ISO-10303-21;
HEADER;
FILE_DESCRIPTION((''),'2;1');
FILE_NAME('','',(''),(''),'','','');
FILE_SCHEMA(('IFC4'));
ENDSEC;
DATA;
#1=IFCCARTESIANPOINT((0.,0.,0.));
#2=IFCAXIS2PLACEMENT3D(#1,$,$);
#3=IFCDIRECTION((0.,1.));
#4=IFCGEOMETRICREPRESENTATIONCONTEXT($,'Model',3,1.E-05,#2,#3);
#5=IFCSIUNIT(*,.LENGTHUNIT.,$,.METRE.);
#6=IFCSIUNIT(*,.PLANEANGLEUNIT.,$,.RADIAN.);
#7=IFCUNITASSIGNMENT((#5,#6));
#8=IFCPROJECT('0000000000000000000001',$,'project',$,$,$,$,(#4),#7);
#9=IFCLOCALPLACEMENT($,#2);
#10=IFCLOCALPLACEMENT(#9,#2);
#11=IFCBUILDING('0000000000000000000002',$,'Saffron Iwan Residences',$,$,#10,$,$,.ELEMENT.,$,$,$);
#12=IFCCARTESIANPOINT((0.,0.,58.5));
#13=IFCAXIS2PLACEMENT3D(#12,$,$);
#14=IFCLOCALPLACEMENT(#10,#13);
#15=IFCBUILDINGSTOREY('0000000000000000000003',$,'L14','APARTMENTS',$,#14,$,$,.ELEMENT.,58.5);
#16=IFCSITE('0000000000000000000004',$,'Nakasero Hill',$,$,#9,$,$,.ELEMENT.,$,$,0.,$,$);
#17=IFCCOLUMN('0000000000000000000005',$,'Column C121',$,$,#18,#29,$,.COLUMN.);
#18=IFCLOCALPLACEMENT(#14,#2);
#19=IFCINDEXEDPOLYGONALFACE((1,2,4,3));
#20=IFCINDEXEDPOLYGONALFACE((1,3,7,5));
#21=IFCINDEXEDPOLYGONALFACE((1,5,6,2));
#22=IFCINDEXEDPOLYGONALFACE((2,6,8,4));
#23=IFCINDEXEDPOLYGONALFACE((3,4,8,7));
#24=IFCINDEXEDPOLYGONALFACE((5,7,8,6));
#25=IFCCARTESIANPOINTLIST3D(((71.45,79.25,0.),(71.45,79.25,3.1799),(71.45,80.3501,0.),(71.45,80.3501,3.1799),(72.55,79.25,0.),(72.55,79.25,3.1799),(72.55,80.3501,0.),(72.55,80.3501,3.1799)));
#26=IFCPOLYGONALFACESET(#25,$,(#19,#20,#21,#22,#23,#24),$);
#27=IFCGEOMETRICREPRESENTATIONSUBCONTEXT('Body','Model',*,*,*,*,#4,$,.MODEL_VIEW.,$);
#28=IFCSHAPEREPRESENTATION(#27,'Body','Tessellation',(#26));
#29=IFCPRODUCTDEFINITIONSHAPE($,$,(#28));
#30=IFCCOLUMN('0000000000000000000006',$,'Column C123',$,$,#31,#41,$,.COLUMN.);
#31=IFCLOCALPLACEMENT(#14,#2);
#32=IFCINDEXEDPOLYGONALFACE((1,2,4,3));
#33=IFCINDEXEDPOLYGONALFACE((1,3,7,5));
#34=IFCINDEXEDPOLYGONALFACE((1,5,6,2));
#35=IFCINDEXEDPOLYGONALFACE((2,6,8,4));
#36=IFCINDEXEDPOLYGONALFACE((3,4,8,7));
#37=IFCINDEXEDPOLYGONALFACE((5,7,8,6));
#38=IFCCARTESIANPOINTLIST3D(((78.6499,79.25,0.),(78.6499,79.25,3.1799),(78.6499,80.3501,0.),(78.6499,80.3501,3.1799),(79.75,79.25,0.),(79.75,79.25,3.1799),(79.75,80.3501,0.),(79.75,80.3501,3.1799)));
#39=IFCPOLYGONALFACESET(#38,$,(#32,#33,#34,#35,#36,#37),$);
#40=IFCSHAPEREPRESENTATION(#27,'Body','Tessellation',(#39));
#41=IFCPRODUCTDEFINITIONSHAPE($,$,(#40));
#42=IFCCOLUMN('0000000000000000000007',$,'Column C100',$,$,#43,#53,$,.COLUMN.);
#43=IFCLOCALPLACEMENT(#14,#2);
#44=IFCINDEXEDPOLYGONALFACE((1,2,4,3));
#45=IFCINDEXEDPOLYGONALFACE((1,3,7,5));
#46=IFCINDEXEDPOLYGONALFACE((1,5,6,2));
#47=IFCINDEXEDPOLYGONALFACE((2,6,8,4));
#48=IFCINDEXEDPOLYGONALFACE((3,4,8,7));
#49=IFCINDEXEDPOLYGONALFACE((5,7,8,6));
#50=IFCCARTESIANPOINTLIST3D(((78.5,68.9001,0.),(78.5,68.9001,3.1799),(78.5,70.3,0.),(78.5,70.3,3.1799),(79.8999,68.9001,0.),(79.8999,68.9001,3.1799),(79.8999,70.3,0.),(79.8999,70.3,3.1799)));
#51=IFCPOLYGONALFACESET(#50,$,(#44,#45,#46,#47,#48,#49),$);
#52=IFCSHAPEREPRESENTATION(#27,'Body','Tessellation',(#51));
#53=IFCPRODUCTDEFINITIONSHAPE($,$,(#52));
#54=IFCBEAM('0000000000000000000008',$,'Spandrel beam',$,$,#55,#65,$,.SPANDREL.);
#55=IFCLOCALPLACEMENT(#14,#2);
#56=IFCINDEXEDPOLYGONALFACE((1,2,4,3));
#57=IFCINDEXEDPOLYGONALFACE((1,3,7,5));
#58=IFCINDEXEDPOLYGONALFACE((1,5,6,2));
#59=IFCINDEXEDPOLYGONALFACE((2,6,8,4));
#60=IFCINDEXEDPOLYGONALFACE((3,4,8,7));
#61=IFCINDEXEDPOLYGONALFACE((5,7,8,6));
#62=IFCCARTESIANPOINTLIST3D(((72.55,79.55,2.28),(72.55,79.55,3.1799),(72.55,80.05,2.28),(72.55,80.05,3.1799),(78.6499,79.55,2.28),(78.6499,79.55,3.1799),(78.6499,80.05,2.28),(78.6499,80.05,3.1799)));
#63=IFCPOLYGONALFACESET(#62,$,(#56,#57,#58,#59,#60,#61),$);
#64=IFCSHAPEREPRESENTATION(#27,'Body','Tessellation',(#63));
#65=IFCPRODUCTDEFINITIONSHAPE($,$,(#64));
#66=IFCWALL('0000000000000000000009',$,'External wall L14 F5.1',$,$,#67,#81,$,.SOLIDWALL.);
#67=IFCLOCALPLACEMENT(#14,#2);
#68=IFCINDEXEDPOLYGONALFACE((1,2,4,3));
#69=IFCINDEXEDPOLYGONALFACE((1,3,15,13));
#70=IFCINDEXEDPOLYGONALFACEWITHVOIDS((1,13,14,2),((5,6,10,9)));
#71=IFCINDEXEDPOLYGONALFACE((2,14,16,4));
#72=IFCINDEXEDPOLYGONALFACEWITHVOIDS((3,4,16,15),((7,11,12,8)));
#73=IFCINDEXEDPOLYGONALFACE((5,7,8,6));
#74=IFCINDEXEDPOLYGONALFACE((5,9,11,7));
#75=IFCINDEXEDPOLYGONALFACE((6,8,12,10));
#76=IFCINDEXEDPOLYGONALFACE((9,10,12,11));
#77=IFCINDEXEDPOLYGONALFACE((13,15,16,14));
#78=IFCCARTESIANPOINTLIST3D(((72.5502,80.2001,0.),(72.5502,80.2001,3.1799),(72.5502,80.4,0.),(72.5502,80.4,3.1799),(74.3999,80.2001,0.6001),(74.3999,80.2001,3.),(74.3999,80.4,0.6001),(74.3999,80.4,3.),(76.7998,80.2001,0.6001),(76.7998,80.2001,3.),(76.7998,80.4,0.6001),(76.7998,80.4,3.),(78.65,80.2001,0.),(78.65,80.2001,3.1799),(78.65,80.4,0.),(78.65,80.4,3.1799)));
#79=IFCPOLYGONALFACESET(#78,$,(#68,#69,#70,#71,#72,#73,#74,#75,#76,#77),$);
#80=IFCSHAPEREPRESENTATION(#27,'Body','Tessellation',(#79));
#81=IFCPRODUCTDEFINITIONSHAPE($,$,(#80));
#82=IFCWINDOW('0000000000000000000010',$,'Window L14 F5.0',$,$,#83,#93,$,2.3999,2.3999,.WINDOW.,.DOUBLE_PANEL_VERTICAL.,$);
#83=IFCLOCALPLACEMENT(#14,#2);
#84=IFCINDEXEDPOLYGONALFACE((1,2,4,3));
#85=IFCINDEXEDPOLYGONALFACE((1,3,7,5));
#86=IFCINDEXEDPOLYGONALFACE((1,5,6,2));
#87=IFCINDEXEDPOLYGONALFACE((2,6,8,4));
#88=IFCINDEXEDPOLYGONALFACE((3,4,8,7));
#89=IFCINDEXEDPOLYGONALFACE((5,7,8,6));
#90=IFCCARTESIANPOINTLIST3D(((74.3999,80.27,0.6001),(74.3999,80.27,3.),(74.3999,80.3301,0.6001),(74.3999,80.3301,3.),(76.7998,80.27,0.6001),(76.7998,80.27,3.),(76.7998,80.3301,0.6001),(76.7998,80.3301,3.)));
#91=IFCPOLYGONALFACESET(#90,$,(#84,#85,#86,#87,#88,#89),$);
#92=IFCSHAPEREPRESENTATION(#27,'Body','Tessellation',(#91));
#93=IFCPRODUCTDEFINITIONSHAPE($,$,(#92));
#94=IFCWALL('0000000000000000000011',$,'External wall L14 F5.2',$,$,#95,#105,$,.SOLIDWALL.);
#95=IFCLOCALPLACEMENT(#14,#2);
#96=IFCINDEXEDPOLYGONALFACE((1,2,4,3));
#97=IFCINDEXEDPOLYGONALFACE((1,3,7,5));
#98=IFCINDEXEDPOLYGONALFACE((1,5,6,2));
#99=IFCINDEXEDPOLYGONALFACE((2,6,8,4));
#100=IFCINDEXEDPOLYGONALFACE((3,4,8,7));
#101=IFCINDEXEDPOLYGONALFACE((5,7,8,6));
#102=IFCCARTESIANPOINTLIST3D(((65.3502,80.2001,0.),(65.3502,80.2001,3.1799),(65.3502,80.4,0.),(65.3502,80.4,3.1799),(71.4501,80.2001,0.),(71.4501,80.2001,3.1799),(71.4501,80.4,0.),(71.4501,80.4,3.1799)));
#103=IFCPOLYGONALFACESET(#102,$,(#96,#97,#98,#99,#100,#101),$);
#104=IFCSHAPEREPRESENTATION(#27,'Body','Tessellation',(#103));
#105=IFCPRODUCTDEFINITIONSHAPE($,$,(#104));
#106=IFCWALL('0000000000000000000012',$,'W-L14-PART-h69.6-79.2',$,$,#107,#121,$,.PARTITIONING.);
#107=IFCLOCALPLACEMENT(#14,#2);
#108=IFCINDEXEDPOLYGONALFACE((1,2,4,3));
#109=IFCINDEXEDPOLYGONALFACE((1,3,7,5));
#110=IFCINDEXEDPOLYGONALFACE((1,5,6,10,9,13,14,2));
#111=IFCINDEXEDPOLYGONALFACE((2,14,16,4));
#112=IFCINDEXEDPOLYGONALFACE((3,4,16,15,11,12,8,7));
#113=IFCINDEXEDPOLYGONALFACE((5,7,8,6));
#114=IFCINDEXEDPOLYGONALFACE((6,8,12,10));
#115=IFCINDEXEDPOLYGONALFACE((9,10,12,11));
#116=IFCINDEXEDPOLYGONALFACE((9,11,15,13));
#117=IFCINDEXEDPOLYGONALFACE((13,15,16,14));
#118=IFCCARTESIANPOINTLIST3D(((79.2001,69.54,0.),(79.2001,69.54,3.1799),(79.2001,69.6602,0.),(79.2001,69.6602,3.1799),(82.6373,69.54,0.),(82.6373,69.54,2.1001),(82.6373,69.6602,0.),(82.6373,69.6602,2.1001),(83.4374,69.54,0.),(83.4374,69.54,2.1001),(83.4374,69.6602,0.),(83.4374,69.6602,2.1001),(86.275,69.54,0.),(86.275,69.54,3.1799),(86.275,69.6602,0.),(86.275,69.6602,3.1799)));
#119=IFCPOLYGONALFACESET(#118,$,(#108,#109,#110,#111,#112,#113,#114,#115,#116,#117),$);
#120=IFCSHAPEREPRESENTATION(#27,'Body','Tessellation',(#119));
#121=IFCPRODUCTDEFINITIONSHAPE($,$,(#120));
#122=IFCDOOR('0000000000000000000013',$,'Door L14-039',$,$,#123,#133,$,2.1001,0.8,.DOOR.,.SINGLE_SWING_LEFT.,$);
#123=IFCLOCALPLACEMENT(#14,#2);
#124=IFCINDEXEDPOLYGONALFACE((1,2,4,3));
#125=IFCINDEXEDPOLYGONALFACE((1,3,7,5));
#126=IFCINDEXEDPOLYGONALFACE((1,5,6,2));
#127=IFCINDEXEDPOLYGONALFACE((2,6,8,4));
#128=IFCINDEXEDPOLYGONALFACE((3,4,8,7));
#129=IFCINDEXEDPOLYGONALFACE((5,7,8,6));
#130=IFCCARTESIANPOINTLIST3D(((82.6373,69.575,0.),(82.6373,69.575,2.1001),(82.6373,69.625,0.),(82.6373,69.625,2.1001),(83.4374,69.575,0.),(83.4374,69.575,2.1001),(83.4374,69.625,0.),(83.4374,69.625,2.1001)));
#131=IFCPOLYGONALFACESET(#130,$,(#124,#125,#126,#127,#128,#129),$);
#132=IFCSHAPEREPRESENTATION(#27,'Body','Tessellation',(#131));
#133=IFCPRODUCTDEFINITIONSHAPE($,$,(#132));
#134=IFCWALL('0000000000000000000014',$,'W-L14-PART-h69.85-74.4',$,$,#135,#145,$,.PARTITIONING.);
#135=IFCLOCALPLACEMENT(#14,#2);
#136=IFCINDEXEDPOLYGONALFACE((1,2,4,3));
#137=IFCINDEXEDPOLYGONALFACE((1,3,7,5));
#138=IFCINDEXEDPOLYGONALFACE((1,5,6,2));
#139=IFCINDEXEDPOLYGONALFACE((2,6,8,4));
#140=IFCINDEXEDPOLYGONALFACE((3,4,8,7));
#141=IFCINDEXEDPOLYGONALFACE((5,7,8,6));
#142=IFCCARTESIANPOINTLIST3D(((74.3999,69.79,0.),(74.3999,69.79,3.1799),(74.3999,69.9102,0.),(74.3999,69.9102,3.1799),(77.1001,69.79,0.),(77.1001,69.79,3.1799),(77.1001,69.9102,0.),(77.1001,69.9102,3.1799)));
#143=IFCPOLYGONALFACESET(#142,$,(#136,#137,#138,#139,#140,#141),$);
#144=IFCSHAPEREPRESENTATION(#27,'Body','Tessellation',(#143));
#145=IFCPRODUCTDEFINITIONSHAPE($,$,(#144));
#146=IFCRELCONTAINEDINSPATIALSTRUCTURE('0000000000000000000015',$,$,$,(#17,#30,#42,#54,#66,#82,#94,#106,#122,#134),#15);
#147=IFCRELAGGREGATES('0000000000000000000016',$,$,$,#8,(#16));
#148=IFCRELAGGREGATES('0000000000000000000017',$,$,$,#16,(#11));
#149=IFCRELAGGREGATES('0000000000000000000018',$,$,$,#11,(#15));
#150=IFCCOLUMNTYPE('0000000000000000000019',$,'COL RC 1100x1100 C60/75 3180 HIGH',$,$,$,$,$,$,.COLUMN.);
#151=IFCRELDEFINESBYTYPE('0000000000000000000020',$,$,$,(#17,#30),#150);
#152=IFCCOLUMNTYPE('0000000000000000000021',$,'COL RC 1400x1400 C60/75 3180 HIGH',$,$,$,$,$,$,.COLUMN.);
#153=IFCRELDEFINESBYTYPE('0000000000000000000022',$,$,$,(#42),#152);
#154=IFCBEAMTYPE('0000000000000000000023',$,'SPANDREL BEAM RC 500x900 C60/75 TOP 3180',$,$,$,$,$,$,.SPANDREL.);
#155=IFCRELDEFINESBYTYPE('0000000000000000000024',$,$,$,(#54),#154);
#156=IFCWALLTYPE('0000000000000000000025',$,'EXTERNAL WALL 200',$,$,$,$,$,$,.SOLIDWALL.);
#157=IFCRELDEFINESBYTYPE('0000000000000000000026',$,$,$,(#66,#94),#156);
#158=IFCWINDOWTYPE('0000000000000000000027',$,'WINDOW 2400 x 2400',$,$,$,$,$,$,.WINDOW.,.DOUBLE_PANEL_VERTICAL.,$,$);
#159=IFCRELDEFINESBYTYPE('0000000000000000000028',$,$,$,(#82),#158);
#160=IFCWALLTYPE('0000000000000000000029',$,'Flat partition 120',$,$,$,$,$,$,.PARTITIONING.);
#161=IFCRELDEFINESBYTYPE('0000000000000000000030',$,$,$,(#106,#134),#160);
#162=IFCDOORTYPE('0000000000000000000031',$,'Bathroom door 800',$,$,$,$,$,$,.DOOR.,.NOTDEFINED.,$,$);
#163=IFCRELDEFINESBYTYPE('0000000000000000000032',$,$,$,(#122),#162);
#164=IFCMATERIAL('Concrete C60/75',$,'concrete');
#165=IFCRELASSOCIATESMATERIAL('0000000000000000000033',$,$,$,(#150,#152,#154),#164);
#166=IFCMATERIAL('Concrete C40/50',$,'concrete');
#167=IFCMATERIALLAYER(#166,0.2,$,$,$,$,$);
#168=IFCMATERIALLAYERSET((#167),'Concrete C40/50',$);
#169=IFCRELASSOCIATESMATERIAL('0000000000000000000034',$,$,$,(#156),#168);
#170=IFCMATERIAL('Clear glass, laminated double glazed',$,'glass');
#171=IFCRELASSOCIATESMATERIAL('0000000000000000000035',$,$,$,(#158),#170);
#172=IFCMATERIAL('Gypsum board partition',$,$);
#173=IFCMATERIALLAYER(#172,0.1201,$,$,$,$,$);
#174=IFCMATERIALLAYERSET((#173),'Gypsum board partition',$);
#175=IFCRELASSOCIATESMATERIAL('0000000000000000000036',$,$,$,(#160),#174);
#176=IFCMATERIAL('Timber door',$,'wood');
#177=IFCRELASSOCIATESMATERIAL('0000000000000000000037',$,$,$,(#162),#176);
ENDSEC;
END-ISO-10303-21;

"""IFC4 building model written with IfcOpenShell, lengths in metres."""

from ifc_helpers import new_model, si_unit, direction, frame, frame_2d, origin, origin_2d, place, context, subcontext, project, spatial, rectangle, extrude, source, transform, mapped, material, layer, layer_set, material_profile, profile_set, type_object, element, fill, save


model = new_model("IFC4")

# Units and contexts
model_context = context("Model", 3, precision=1e-05, world=origin(), true_north=direction((0.0, 1.0)))
body_context = subcontext(model_context, "Body", "Model", "MODEL_VIEW")
ifc_project = project(units=[si_unit("LENGTHUNIT", "METRE"), si_unit("PLANEANGLEUNIT", "RADIAN")], contexts=[model_context])

# Site, building, storey
site_placement = place(None, origin())
site = spatial("IfcSite", under=ifc_project, at=site_placement, Name="Nakasero Hill", CompositionType="ELEMENT", RefElevation=0.0)
building_placement = place(site_placement, origin())
building = spatial("IfcBuilding", under=site, at=building_placement, Name="Saffron Iwan Residences", CompositionType="ELEMENT")
storey_placement = place(building_placement, frame((0.0, 0.0, 58.5)))
storey = spatial("IfcBuildingStorey", under=building, at=storey_placement, Name="L14", Description="APARTMENTS", CompositionType="ELEMENT", Elevation=58.5)

# Columns
ifc_material_1 = material(Name="Concrete C60/75", Category="concrete")
ifc_material_profile_1 = material_profile(ifc_material_1, rectangle(XDim=1.1001, YDim=1.1001, at=origin_2d()), Name="RC 1100x1100")
ifc_profile_set_1 = profile_set([ifc_material_profile_1], Name="Concrete C60/75")
column_type_1 = type_object("IfcColumnType", Name="COL RC 1100x1100 C60/75 3180 HIGH", PredefinedType="COLUMN", material=ifc_profile_set_1)
shared_shape_1 = source(origin(), body_context, "Body", "SweptSolid", [
    extrude(rectangle(XDim=1.1001, YDim=1.1001, at=origin_2d()), origin(), (0.0, 0.0, 1.0), 3.1799),
])
for number, where, z_axis, x_axis, name in (
    (1, (72.0, 79.8, 0.0), (0.0, 0.0, 1.0), (1.0, 0.0, 0.0), "Column C121"),
    (2, (79.2, 79.8, 0.0), (0.0, 0.0, 1.0), (1.0, 0.0, 0.0), "Column C123"),
):
    element("IfcColumn", number, at=place(storey_placement, frame(where, z_axis=z_axis, x_axis=x_axis)), inside=storey, type_object=column_type_1, Name=name, PredefinedType="COLUMN", context=body_context, shape_type="MappedRepresentation", body=[
        mapped(shared_shape_1, transform((0.0, 0.0, 0.0))),
    ])
ifc_material_profile_2 = material_profile(ifc_material_1, rectangle(XDim=1.3999, YDim=1.3999, at=origin_2d()), Name="RC 1400x1400")
ifc_profile_set_2 = profile_set([ifc_material_profile_2], Name="Concrete C60/75")
column_type_2 = type_object("IfcColumnType", Name="COL RC 1400x1400 C60/75 3180 HIGH", PredefinedType="COLUMN", material=ifc_profile_set_2)
shared_shape_2 = source(origin(), body_context, "Body", "SweptSolid", [
    extrude(rectangle(XDim=1.3999, YDim=1.3999, at=origin_2d()), origin(), (0.0, 0.0, 1.0), 3.1799),
])
column_placement = place(storey_placement, frame((79.2, 69.6001, 0.0), z_axis=(0.0, 0.0, 1.0), x_axis=(1.0, 0.0, 0.0)))
element("IfcColumn", 3, at=column_placement, inside=storey, type_object=column_type_2, Name="Column C100", PredefinedType="COLUMN", context=body_context, shape_type="MappedRepresentation", body=[
    mapped(shared_shape_2, transform((0.0, 0.0, 0.0))),
])

# Beam
ifc_material_profile_3 = material_profile(ifc_material_1, rectangle(XDim=0.5, YDim=0.8999, at=origin_2d()), Name="RC 500x900")
ifc_profile_set_3 = profile_set([ifc_material_profile_3], Name="Concrete C60/75")
beam_type = type_object("IfcBeamType", Name="SPANDREL BEAM RC 500x900 C60/75 TOP 3180", PredefinedType="SPANDREL", material=ifc_profile_set_3)
shared_shape_3 = source(origin(), body_context, "Body", "SweptSolid", [
    extrude(rectangle(XDim=0.5, YDim=0.8999, at=origin_2d()), origin(), (0.0, 0.0, 1.0), 6.0999),
])
beam_placement = place(storey_placement, frame((72.55, 79.8, 2.73), z_axis=(1.0, 0.0, 0.0), x_axis=(0.0, 1.0, 0.0)))
element("IfcBeam", 4, at=beam_placement, inside=storey, type_object=beam_type, Name="Spandrel beam", PredefinedType="SPANDREL", context=body_context, shape_type="MappedRepresentation", body=[
    mapped(shared_shape_3, transform((0.0, 0.0, 0.0))),
])

# Wall, opening, window
ifc_material_2 = material(Name="Concrete C40/50", Category="concrete")
ifc_layer_1 = layer(ifc_material_2, 0.2)
ifc_layer_set_1 = layer_set([ifc_layer_1], Name="Concrete C40/50")
wall_type_1 = type_object("IfcWallType", Name="EXTERNAL WALL 200", PredefinedType="SOLIDWALL", material=ifc_layer_set_1)
wall_1_placement = place(storey_placement, frame((78.6499, 80.3, 0.0), z_axis=(0.0, 0.0, 1.0), x_axis=(-1.0, 0.0, 0.0)))
wall_1 = element("IfcWall", 5, at=wall_1_placement, inside=storey, type_object=wall_type_1, Name="External wall L14 F5.1", PredefinedType="SOLIDWALL", context=body_context, shape_type="SweptSolid", body=[
    extrude(rectangle(XDim=6.0999, YDim=0.2, at=frame_2d((3.0498, 0.0))), origin(), (0.0, 0.0, 1.0), 3.1799),
])
opening_1_placement = place(wall_1_placement, frame((1.8501, 0.0, 0.6001)))
opening_1 = element("IfcOpeningElement", 6, at=opening_1_placement, cuts=wall_1, PredefinedType="OPENING", context=body_context, shape_type="SweptSolid", body=[
    extrude(rectangle(XDim=2.3999, YDim=2.3999, at=frame_2d((1.2, 1.2))), frame((0.0, 0.1099, 0.0), z_axis=(0.0, -1.0, 0.0), x_axis=(1.0, 0.0, 0.0)), (0.0, 0.0, 1.0), 0.22),
])
ifc_material_3 = material(Name="Clear glass, laminated double glazed", Category="glass")
window_type = type_object("IfcWindowType", Name="WINDOW 2400 x 2400", PartitioningType="DOUBLE_PANEL_VERTICAL", PredefinedType="WINDOW", material=ifc_material_3)
window_placement = place(opening_1_placement, origin())
window = element("IfcWindow", 7, at=window_placement, inside=storey, type_object=window_type, Name="Window L14 F5.0", OverallHeight=2.3999, OverallWidth=2.3999, PartitioningType="DOUBLE_PANEL_VERTICAL", PredefinedType="WINDOW", context=body_context, shape_type="SweptSolid", body=[
    extrude(rectangle(XDim=2.3999, YDim=2.3999, at=frame_2d((1.2, 1.2))), frame((0.0, 0.03, 0.0), z_axis=(0.0, -1.0, 0.0), x_axis=(1.0, 0.0, 0.0)), (0.0, 0.0, 1.0), 0.0601),
])
fill(opening_1, window)

# Wall
wall_2_placement = place(storey_placement, frame((71.45, 80.3, 0.0), z_axis=(0.0, 0.0, 1.0), x_axis=(-1.0, 0.0, 0.0)))
element("IfcWall", 8, at=wall_2_placement, inside=storey, type_object=wall_type_1, Name="External wall L14 F5.2", PredefinedType="SOLIDWALL", context=body_context, shape_type="SweptSolid", body=[
    extrude(rectangle(XDim=6.0999, YDim=0.2, at=frame_2d((3.0498, 0.0))), origin(), (0.0, 0.0, 1.0), 3.1799),
])

# Wall, opening, door
ifc_material_4 = material(Name="Gypsum board partition")
ifc_layer_2 = layer(ifc_material_4, 0.1201)
ifc_layer_set_2 = layer_set([ifc_layer_2], Name="Gypsum board partition")
wall_type_2 = type_object("IfcWallType", Name="Flat partition 120", PredefinedType="PARTITIONING", material=ifc_layer_set_2)
wall_3_placement = place(storey_placement, frame((79.2, 69.6001, 0.0), z_axis=(0.0, 0.0, 1.0), x_axis=(1.0, 0.0, 0.0)))
wall_3 = element("IfcWall", 9, at=wall_3_placement, inside=storey, type_object=wall_type_2, Name="W-L14-PART-h69.6-79.2", PredefinedType="PARTITIONING", context=body_context, shape_type="SweptSolid", body=[
    extrude(rectangle(XDim=7.075, YDim=0.1201, at=frame_2d((3.5376, 0.0))), origin(), (0.0, 0.0, 1.0), 3.1799),
])
opening_2_placement = place(wall_3_placement, frame((3.4375, 0.0, 0.0)))
opening_2 = element("IfcOpeningElement", 10, at=opening_2_placement, cuts=wall_3, PredefinedType="OPENING", context=body_context, shape_type="SweptSolid", body=[
    extrude(rectangle(XDim=0.8, YDim=2.1001, at=frame_2d((0.3999, 1.05))), frame((0.0, 0.0701, 0.0), z_axis=(0.0, -1.0, 0.0), x_axis=(1.0, 0.0, 0.0)), (0.0, 0.0, 1.0), 0.1401),
])
ifc_material_5 = material(Name="Timber door", Category="wood")
door_type_1 = type_object("IfcDoorType", Name="Bathroom door 800", OperationType="NOTDEFINED", PredefinedType="DOOR", material=ifc_material_5)
door_1_placement = place(opening_2_placement, origin())
door_1 = element("IfcDoor", 11, at=door_1_placement, inside=storey, type_object=door_type_1, Name="Door L14-039", OperationType="SINGLE_SWING_LEFT", OverallHeight=2.1001, OverallWidth=0.8, PredefinedType="DOOR", context=body_context, shape_type="SweptSolid", body=[
    extrude(rectangle(XDim=0.8, YDim=2.1001, at=frame_2d((0.3999, 1.05))), frame((0.0, 0.0249, 0.0), z_axis=(0.0, -1.0, 0.0), x_axis=(1.0, 0.0, 0.0)), (0.0, 0.0, 1.0), 0.05),
])
fill(opening_2, door_1)

# Wall
wall_4_placement = place(storey_placement, frame((74.3999, 69.8501, 0.0), z_axis=(0.0, 0.0, 1.0), x_axis=(1.0, 0.0, 0.0)))
element("IfcWall", 12, at=wall_4_placement, inside=storey, type_object=wall_type_2, Name="W-L14-PART-h69.85-74.4", PredefinedType="PARTITIONING", context=body_context, shape_type="SweptSolid", body=[
    extrude(rectangle(XDim=2.7002, YDim=0.1201, at=frame_2d((1.3501, 0.0))), origin(), (0.0, 0.0, 1.0), 3.1799),
])

save(model, "model.ifc")
